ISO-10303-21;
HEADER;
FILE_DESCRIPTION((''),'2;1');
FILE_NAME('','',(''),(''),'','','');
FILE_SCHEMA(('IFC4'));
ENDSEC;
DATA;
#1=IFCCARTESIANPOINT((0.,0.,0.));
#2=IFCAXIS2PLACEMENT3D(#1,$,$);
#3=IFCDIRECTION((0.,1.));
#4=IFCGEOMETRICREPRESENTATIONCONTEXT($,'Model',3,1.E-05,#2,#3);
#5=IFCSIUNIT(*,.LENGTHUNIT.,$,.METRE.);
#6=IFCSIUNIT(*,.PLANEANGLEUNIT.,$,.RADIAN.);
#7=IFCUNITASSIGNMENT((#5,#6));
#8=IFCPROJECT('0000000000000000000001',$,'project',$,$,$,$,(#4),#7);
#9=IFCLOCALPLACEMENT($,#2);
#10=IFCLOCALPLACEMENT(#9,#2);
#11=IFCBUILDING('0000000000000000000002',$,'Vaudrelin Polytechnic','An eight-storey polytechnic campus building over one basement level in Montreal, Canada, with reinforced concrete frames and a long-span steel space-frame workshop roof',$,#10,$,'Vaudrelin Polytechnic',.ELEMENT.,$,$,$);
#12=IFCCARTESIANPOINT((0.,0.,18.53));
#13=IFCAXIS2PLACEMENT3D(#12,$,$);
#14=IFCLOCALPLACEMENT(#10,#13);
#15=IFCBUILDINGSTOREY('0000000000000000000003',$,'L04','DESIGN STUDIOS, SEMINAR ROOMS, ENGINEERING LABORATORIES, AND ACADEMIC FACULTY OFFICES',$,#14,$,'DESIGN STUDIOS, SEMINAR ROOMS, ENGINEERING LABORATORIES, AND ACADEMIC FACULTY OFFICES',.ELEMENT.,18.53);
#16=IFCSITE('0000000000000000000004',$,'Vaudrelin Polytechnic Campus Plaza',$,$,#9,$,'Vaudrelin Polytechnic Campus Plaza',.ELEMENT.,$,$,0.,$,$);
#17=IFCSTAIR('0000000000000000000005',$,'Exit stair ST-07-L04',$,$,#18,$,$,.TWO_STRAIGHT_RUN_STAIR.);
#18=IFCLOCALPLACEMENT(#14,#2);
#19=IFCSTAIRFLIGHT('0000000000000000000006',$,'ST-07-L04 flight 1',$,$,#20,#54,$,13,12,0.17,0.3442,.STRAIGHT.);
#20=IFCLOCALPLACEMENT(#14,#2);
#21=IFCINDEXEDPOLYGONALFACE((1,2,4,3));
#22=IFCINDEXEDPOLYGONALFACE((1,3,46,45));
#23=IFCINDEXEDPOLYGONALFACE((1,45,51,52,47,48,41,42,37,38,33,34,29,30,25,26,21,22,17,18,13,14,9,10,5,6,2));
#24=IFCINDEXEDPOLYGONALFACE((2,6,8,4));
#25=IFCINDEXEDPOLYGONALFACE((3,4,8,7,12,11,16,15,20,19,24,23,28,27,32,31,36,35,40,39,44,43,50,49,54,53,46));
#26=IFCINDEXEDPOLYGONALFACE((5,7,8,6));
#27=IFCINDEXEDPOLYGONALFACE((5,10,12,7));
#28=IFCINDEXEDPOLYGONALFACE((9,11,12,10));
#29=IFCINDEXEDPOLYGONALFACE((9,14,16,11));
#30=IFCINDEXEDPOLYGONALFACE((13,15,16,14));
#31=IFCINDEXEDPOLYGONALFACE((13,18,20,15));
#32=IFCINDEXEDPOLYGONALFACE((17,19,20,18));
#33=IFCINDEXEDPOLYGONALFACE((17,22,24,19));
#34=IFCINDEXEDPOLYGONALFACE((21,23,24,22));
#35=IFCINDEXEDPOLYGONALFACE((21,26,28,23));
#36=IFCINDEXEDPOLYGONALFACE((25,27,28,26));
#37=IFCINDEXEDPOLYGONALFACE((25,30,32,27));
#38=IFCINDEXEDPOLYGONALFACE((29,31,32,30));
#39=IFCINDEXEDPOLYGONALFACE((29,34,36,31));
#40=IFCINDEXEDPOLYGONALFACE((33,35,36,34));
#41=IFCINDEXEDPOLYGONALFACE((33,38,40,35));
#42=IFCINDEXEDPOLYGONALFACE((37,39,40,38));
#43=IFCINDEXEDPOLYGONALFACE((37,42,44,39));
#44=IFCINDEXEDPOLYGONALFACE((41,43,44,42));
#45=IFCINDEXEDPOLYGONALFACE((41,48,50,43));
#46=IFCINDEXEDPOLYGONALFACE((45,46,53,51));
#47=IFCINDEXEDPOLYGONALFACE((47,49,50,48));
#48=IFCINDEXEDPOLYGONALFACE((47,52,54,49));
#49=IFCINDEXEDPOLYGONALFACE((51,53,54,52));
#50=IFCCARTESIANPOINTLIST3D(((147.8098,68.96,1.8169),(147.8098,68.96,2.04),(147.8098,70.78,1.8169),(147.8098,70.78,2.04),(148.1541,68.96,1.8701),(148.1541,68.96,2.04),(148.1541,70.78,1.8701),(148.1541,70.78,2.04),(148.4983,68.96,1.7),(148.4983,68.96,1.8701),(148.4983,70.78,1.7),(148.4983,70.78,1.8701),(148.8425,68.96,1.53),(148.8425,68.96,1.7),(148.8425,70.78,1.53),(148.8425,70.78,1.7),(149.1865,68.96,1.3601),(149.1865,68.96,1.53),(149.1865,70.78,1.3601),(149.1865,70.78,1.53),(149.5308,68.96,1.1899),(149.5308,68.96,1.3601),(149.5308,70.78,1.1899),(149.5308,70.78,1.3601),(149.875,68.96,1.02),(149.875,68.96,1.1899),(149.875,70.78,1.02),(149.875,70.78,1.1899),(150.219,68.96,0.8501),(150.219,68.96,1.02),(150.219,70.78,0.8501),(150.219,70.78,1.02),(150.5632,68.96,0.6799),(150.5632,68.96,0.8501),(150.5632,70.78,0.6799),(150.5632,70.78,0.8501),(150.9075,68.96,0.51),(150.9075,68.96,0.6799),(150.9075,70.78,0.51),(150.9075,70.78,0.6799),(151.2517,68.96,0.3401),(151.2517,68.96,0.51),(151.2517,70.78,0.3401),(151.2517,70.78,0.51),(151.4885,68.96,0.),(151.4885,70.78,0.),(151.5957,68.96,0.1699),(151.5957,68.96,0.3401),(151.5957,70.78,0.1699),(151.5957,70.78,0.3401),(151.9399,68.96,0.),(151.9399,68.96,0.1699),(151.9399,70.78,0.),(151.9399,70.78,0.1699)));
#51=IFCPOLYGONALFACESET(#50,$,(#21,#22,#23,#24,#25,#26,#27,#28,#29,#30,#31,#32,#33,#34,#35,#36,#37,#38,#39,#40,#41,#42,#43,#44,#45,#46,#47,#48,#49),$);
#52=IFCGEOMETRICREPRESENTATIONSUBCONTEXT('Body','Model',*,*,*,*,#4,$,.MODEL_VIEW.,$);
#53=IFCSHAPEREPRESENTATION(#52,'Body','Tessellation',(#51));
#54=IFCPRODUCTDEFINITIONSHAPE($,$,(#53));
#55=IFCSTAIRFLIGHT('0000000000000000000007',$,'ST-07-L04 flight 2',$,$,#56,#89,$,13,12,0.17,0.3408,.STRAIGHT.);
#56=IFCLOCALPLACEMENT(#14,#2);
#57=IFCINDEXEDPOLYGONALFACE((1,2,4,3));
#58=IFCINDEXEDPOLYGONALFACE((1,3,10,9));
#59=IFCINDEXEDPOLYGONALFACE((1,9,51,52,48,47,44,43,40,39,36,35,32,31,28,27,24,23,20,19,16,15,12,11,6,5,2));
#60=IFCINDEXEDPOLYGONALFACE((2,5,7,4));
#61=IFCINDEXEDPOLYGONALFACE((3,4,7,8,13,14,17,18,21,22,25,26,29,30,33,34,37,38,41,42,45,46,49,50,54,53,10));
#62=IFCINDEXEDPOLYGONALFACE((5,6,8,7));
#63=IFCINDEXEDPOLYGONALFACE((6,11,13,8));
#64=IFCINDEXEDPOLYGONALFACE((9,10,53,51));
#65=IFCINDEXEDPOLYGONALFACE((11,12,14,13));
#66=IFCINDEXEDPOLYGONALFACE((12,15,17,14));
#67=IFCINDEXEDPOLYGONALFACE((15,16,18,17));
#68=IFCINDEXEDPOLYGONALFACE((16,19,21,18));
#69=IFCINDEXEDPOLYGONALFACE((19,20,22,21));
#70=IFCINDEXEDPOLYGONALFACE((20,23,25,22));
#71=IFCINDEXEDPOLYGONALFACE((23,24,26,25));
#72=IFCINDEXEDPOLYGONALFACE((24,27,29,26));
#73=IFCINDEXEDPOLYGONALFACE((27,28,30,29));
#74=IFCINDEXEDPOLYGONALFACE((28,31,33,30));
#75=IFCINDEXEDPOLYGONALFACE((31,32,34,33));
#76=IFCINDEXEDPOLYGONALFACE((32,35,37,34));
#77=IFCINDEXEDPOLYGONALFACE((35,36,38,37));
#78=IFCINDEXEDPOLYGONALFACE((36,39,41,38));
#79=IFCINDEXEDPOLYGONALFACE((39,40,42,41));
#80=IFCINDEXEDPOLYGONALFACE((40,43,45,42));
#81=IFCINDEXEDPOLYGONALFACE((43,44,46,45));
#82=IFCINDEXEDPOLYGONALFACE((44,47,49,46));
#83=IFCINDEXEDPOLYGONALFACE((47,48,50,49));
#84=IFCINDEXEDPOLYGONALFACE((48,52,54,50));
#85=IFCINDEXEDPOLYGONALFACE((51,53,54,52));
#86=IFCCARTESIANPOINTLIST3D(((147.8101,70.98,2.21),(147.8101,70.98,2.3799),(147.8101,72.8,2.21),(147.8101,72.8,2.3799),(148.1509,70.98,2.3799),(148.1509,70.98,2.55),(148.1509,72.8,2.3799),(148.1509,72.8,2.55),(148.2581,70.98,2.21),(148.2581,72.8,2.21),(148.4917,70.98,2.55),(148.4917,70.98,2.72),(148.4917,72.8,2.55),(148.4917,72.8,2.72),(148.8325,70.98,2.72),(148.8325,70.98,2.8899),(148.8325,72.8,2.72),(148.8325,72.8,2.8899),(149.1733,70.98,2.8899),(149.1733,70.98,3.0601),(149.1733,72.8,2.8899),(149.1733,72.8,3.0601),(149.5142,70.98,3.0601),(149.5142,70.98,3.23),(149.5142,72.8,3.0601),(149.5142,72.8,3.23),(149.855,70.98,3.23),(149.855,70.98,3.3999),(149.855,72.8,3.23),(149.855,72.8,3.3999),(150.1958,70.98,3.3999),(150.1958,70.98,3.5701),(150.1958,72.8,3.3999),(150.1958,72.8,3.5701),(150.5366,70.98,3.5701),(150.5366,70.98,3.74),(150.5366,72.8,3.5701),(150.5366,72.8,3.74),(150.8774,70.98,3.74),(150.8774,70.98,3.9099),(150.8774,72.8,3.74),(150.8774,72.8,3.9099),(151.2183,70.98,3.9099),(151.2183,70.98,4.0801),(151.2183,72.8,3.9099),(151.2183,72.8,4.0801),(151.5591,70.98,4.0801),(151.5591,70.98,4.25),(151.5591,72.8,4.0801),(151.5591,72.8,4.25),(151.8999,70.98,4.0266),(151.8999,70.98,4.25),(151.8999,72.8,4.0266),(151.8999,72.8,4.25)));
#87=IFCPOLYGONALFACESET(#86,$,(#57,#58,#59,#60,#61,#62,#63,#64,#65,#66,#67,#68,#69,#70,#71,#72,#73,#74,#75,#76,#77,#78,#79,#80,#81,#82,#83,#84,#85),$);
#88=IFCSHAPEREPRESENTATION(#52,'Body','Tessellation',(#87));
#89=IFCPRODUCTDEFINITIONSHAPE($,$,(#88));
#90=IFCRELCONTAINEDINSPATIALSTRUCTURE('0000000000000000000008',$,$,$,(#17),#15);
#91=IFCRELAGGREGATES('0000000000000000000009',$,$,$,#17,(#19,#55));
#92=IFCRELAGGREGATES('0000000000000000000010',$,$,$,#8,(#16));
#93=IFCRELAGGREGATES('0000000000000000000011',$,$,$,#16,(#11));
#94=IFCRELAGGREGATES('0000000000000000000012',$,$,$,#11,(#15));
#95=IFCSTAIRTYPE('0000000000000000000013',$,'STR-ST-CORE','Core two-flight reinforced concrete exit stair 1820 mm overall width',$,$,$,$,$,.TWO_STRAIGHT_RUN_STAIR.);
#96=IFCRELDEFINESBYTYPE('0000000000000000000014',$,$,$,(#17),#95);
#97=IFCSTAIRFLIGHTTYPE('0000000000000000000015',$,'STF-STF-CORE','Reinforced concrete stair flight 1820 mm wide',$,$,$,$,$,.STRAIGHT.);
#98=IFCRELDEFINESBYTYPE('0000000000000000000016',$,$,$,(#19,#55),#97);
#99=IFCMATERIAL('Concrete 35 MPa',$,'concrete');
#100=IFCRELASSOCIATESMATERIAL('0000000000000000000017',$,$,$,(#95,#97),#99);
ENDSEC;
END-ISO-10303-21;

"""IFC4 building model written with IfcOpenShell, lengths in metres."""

from ifc_helpers import new_model, si_unit, direction, frame, origin, place, context, subcontext, project, spatial, polyline, outline, extrude, material, type_object, element, aggregate, save


model = new_model("IFC4")

# Units and contexts
model_context = context("Model", 3, precision=1e-05, world=origin(), true_north=direction((0.0, 1.0)))
body_context = subcontext(model_context, "Body", "Model", "MODEL_VIEW")
ifc_project = project(units=[si_unit("LENGTHUNIT", "METRE"), si_unit("PLANEANGLEUNIT", "RADIAN")], contexts=[model_context])

# Site, building, storey
site_placement = place(None, origin())
site = spatial("IfcSite", under=ifc_project, at=site_placement, Name="Vaudrelin Polytechnic Campus Plaza", LongName="Vaudrelin Polytechnic Campus Plaza", CompositionType="ELEMENT", RefElevation=0.0)
building_placement = place(site_placement, origin())
building = spatial("IfcBuilding", under=site, at=building_placement, Name="Vaudrelin Polytechnic", Description="An eight-storey polytechnic campus building over one basement level in Montreal, Canada, with reinforced concrete frames and a long-span steel space-frame workshop roof", LongName="Vaudrelin Polytechnic", CompositionType="ELEMENT")
storey_placement = place(building_placement, frame((0.0, 0.0, 18.53)))
storey = spatial("IfcBuildingStorey", under=building, at=storey_placement, Name="L04", Description="DESIGN STUDIOS, SEMINAR ROOMS, ENGINEERING LABORATORIES, AND ACADEMIC FACULTY OFFICES", LongName="DESIGN STUDIOS, SEMINAR ROOMS, ENGINEERING LABORATORIES, AND ACADEMIC FACULTY OFFICES", CompositionType="ELEMENT", Elevation=18.53)

# Stair, stair flights
ifc_material_1 = material(Name="Concrete 35 MPa", Category="concrete")
stair_type = type_object("IfcStairType", Name="STR-ST-CORE", Description="Core two-flight reinforced concrete exit stair 1820 mm overall width", PredefinedType="TWO_STRAIGHT_RUN_STAIR", material=ifc_material_1)
stair_placement = place(storey_placement, origin())
stair = element("IfcStair", 1, at=stair_placement, inside=storey, type_object=stair_type, Name="Exit stair ST-07-L04", PredefinedType="TWO_STRAIGHT_RUN_STAIR")
stair_flight_type = type_object("IfcStairFlightType", Name="STF-STF-CORE", Description="Reinforced concrete stair flight 1820 mm wide", PredefinedType="STRAIGHT", material=ifc_material_1)
stair_flight_1_placement = place(storey_placement, frame((151.9399, 69.8701, 0.0), z_axis=(0.0, 0.0, 1.0), x_axis=(-1.0, 0.0, 0.0)))
stair_flight_1 = element("IfcStairFlight", 2, at=stair_flight_1_placement, type_object=stair_flight_type, Name="ST-07-L04 flight 1", NumberOfRisers=13, NumberOfTreads=12, PredefinedType="STRAIGHT", RiserHeight=0.17, TreadLength=0.3442, context=body_context, shape_type="SweptSolid", body=[
    extrude(outline(polyline([(0.0, 0.0), (0.0, 0.1699), (0.3442, 0.1699), (0.3442, 0.3401), (0.6882, 0.3401), (0.6882, 0.51), (1.0325, 0.51), (1.0325, 0.6799), (1.3767, 0.6799), (1.3767, 0.8501), (1.7209, 0.8501), (1.7209, 1.02), (2.0649, 1.02), (2.0649, 1.1899), (2.4092, 1.1899), (2.4092, 1.3601), (2.7534, 1.3601), (2.7534, 1.53), (3.0974, 1.53), (3.0974, 1.7), (3.4417, 1.7), (3.4417, 1.8701), (3.7859, 1.8701), (3.7859, 2.04), (4.1301, 2.04), (4.1301, 2.21), (4.1301, 1.8169), (0.4514, 0.0), (0.0, 0.0)])), frame((0.0, 0.9102, 0.0), z_axis=(0.0, -1.0, 0.0), x_axis=(1.0, 0.0, 0.0)), (0.0, 0.0, 1.0), 1.8201),
])
stair_flight_2_placement = place(storey_placement, frame((147.8101, 71.8899, 2.21), z_axis=(0.0, 0.0, 1.0), x_axis=(1.0, 0.0, 0.0)))
stair_flight_2 = element("IfcStairFlight", 3, at=stair_flight_2_placement, type_object=stair_flight_type, Name="ST-07-L04 flight 2", NumberOfRisers=13, NumberOfTreads=12, PredefinedType="STRAIGHT", RiserHeight=0.17, TreadLength=0.3408, context=body_context, shape_type="SweptSolid", body=[
    extrude(outline(polyline([(0.0, 0.0), (0.0, 0.1699), (0.3408, 0.1699), (0.3408, 0.3401), (0.6816, 0.3401), (0.6816, 0.51), (1.0225, 0.51), (1.0225, 0.6799), (1.3633, 0.6799), (1.3633, 0.8501), (1.7041, 0.8501), (1.7041, 1.02), (2.0449, 1.02), (2.0449, 1.1899), (2.3857, 1.1899), (2.3857, 1.3601), (2.7266, 1.3601), (2.7266, 1.53), (3.0674, 1.53), (3.0674, 1.7), (3.4082, 1.7), (3.4082, 1.8701), (3.749, 1.8701), (3.749, 2.04), (4.0898, 2.04), (4.0898, 2.21), (4.0898, 1.8167), (0.448, 0.0), (0.0, 0.0)])), frame((0.0, 0.9102, 0.0), z_axis=(0.0, -1.0, 0.0), x_axis=(1.0, 0.0, 0.0)), (0.0, 0.0, 1.0), 1.8201),
])
aggregate(stair, [stair_flight_1, stair_flight_2])

save(model, "model.ifc")
